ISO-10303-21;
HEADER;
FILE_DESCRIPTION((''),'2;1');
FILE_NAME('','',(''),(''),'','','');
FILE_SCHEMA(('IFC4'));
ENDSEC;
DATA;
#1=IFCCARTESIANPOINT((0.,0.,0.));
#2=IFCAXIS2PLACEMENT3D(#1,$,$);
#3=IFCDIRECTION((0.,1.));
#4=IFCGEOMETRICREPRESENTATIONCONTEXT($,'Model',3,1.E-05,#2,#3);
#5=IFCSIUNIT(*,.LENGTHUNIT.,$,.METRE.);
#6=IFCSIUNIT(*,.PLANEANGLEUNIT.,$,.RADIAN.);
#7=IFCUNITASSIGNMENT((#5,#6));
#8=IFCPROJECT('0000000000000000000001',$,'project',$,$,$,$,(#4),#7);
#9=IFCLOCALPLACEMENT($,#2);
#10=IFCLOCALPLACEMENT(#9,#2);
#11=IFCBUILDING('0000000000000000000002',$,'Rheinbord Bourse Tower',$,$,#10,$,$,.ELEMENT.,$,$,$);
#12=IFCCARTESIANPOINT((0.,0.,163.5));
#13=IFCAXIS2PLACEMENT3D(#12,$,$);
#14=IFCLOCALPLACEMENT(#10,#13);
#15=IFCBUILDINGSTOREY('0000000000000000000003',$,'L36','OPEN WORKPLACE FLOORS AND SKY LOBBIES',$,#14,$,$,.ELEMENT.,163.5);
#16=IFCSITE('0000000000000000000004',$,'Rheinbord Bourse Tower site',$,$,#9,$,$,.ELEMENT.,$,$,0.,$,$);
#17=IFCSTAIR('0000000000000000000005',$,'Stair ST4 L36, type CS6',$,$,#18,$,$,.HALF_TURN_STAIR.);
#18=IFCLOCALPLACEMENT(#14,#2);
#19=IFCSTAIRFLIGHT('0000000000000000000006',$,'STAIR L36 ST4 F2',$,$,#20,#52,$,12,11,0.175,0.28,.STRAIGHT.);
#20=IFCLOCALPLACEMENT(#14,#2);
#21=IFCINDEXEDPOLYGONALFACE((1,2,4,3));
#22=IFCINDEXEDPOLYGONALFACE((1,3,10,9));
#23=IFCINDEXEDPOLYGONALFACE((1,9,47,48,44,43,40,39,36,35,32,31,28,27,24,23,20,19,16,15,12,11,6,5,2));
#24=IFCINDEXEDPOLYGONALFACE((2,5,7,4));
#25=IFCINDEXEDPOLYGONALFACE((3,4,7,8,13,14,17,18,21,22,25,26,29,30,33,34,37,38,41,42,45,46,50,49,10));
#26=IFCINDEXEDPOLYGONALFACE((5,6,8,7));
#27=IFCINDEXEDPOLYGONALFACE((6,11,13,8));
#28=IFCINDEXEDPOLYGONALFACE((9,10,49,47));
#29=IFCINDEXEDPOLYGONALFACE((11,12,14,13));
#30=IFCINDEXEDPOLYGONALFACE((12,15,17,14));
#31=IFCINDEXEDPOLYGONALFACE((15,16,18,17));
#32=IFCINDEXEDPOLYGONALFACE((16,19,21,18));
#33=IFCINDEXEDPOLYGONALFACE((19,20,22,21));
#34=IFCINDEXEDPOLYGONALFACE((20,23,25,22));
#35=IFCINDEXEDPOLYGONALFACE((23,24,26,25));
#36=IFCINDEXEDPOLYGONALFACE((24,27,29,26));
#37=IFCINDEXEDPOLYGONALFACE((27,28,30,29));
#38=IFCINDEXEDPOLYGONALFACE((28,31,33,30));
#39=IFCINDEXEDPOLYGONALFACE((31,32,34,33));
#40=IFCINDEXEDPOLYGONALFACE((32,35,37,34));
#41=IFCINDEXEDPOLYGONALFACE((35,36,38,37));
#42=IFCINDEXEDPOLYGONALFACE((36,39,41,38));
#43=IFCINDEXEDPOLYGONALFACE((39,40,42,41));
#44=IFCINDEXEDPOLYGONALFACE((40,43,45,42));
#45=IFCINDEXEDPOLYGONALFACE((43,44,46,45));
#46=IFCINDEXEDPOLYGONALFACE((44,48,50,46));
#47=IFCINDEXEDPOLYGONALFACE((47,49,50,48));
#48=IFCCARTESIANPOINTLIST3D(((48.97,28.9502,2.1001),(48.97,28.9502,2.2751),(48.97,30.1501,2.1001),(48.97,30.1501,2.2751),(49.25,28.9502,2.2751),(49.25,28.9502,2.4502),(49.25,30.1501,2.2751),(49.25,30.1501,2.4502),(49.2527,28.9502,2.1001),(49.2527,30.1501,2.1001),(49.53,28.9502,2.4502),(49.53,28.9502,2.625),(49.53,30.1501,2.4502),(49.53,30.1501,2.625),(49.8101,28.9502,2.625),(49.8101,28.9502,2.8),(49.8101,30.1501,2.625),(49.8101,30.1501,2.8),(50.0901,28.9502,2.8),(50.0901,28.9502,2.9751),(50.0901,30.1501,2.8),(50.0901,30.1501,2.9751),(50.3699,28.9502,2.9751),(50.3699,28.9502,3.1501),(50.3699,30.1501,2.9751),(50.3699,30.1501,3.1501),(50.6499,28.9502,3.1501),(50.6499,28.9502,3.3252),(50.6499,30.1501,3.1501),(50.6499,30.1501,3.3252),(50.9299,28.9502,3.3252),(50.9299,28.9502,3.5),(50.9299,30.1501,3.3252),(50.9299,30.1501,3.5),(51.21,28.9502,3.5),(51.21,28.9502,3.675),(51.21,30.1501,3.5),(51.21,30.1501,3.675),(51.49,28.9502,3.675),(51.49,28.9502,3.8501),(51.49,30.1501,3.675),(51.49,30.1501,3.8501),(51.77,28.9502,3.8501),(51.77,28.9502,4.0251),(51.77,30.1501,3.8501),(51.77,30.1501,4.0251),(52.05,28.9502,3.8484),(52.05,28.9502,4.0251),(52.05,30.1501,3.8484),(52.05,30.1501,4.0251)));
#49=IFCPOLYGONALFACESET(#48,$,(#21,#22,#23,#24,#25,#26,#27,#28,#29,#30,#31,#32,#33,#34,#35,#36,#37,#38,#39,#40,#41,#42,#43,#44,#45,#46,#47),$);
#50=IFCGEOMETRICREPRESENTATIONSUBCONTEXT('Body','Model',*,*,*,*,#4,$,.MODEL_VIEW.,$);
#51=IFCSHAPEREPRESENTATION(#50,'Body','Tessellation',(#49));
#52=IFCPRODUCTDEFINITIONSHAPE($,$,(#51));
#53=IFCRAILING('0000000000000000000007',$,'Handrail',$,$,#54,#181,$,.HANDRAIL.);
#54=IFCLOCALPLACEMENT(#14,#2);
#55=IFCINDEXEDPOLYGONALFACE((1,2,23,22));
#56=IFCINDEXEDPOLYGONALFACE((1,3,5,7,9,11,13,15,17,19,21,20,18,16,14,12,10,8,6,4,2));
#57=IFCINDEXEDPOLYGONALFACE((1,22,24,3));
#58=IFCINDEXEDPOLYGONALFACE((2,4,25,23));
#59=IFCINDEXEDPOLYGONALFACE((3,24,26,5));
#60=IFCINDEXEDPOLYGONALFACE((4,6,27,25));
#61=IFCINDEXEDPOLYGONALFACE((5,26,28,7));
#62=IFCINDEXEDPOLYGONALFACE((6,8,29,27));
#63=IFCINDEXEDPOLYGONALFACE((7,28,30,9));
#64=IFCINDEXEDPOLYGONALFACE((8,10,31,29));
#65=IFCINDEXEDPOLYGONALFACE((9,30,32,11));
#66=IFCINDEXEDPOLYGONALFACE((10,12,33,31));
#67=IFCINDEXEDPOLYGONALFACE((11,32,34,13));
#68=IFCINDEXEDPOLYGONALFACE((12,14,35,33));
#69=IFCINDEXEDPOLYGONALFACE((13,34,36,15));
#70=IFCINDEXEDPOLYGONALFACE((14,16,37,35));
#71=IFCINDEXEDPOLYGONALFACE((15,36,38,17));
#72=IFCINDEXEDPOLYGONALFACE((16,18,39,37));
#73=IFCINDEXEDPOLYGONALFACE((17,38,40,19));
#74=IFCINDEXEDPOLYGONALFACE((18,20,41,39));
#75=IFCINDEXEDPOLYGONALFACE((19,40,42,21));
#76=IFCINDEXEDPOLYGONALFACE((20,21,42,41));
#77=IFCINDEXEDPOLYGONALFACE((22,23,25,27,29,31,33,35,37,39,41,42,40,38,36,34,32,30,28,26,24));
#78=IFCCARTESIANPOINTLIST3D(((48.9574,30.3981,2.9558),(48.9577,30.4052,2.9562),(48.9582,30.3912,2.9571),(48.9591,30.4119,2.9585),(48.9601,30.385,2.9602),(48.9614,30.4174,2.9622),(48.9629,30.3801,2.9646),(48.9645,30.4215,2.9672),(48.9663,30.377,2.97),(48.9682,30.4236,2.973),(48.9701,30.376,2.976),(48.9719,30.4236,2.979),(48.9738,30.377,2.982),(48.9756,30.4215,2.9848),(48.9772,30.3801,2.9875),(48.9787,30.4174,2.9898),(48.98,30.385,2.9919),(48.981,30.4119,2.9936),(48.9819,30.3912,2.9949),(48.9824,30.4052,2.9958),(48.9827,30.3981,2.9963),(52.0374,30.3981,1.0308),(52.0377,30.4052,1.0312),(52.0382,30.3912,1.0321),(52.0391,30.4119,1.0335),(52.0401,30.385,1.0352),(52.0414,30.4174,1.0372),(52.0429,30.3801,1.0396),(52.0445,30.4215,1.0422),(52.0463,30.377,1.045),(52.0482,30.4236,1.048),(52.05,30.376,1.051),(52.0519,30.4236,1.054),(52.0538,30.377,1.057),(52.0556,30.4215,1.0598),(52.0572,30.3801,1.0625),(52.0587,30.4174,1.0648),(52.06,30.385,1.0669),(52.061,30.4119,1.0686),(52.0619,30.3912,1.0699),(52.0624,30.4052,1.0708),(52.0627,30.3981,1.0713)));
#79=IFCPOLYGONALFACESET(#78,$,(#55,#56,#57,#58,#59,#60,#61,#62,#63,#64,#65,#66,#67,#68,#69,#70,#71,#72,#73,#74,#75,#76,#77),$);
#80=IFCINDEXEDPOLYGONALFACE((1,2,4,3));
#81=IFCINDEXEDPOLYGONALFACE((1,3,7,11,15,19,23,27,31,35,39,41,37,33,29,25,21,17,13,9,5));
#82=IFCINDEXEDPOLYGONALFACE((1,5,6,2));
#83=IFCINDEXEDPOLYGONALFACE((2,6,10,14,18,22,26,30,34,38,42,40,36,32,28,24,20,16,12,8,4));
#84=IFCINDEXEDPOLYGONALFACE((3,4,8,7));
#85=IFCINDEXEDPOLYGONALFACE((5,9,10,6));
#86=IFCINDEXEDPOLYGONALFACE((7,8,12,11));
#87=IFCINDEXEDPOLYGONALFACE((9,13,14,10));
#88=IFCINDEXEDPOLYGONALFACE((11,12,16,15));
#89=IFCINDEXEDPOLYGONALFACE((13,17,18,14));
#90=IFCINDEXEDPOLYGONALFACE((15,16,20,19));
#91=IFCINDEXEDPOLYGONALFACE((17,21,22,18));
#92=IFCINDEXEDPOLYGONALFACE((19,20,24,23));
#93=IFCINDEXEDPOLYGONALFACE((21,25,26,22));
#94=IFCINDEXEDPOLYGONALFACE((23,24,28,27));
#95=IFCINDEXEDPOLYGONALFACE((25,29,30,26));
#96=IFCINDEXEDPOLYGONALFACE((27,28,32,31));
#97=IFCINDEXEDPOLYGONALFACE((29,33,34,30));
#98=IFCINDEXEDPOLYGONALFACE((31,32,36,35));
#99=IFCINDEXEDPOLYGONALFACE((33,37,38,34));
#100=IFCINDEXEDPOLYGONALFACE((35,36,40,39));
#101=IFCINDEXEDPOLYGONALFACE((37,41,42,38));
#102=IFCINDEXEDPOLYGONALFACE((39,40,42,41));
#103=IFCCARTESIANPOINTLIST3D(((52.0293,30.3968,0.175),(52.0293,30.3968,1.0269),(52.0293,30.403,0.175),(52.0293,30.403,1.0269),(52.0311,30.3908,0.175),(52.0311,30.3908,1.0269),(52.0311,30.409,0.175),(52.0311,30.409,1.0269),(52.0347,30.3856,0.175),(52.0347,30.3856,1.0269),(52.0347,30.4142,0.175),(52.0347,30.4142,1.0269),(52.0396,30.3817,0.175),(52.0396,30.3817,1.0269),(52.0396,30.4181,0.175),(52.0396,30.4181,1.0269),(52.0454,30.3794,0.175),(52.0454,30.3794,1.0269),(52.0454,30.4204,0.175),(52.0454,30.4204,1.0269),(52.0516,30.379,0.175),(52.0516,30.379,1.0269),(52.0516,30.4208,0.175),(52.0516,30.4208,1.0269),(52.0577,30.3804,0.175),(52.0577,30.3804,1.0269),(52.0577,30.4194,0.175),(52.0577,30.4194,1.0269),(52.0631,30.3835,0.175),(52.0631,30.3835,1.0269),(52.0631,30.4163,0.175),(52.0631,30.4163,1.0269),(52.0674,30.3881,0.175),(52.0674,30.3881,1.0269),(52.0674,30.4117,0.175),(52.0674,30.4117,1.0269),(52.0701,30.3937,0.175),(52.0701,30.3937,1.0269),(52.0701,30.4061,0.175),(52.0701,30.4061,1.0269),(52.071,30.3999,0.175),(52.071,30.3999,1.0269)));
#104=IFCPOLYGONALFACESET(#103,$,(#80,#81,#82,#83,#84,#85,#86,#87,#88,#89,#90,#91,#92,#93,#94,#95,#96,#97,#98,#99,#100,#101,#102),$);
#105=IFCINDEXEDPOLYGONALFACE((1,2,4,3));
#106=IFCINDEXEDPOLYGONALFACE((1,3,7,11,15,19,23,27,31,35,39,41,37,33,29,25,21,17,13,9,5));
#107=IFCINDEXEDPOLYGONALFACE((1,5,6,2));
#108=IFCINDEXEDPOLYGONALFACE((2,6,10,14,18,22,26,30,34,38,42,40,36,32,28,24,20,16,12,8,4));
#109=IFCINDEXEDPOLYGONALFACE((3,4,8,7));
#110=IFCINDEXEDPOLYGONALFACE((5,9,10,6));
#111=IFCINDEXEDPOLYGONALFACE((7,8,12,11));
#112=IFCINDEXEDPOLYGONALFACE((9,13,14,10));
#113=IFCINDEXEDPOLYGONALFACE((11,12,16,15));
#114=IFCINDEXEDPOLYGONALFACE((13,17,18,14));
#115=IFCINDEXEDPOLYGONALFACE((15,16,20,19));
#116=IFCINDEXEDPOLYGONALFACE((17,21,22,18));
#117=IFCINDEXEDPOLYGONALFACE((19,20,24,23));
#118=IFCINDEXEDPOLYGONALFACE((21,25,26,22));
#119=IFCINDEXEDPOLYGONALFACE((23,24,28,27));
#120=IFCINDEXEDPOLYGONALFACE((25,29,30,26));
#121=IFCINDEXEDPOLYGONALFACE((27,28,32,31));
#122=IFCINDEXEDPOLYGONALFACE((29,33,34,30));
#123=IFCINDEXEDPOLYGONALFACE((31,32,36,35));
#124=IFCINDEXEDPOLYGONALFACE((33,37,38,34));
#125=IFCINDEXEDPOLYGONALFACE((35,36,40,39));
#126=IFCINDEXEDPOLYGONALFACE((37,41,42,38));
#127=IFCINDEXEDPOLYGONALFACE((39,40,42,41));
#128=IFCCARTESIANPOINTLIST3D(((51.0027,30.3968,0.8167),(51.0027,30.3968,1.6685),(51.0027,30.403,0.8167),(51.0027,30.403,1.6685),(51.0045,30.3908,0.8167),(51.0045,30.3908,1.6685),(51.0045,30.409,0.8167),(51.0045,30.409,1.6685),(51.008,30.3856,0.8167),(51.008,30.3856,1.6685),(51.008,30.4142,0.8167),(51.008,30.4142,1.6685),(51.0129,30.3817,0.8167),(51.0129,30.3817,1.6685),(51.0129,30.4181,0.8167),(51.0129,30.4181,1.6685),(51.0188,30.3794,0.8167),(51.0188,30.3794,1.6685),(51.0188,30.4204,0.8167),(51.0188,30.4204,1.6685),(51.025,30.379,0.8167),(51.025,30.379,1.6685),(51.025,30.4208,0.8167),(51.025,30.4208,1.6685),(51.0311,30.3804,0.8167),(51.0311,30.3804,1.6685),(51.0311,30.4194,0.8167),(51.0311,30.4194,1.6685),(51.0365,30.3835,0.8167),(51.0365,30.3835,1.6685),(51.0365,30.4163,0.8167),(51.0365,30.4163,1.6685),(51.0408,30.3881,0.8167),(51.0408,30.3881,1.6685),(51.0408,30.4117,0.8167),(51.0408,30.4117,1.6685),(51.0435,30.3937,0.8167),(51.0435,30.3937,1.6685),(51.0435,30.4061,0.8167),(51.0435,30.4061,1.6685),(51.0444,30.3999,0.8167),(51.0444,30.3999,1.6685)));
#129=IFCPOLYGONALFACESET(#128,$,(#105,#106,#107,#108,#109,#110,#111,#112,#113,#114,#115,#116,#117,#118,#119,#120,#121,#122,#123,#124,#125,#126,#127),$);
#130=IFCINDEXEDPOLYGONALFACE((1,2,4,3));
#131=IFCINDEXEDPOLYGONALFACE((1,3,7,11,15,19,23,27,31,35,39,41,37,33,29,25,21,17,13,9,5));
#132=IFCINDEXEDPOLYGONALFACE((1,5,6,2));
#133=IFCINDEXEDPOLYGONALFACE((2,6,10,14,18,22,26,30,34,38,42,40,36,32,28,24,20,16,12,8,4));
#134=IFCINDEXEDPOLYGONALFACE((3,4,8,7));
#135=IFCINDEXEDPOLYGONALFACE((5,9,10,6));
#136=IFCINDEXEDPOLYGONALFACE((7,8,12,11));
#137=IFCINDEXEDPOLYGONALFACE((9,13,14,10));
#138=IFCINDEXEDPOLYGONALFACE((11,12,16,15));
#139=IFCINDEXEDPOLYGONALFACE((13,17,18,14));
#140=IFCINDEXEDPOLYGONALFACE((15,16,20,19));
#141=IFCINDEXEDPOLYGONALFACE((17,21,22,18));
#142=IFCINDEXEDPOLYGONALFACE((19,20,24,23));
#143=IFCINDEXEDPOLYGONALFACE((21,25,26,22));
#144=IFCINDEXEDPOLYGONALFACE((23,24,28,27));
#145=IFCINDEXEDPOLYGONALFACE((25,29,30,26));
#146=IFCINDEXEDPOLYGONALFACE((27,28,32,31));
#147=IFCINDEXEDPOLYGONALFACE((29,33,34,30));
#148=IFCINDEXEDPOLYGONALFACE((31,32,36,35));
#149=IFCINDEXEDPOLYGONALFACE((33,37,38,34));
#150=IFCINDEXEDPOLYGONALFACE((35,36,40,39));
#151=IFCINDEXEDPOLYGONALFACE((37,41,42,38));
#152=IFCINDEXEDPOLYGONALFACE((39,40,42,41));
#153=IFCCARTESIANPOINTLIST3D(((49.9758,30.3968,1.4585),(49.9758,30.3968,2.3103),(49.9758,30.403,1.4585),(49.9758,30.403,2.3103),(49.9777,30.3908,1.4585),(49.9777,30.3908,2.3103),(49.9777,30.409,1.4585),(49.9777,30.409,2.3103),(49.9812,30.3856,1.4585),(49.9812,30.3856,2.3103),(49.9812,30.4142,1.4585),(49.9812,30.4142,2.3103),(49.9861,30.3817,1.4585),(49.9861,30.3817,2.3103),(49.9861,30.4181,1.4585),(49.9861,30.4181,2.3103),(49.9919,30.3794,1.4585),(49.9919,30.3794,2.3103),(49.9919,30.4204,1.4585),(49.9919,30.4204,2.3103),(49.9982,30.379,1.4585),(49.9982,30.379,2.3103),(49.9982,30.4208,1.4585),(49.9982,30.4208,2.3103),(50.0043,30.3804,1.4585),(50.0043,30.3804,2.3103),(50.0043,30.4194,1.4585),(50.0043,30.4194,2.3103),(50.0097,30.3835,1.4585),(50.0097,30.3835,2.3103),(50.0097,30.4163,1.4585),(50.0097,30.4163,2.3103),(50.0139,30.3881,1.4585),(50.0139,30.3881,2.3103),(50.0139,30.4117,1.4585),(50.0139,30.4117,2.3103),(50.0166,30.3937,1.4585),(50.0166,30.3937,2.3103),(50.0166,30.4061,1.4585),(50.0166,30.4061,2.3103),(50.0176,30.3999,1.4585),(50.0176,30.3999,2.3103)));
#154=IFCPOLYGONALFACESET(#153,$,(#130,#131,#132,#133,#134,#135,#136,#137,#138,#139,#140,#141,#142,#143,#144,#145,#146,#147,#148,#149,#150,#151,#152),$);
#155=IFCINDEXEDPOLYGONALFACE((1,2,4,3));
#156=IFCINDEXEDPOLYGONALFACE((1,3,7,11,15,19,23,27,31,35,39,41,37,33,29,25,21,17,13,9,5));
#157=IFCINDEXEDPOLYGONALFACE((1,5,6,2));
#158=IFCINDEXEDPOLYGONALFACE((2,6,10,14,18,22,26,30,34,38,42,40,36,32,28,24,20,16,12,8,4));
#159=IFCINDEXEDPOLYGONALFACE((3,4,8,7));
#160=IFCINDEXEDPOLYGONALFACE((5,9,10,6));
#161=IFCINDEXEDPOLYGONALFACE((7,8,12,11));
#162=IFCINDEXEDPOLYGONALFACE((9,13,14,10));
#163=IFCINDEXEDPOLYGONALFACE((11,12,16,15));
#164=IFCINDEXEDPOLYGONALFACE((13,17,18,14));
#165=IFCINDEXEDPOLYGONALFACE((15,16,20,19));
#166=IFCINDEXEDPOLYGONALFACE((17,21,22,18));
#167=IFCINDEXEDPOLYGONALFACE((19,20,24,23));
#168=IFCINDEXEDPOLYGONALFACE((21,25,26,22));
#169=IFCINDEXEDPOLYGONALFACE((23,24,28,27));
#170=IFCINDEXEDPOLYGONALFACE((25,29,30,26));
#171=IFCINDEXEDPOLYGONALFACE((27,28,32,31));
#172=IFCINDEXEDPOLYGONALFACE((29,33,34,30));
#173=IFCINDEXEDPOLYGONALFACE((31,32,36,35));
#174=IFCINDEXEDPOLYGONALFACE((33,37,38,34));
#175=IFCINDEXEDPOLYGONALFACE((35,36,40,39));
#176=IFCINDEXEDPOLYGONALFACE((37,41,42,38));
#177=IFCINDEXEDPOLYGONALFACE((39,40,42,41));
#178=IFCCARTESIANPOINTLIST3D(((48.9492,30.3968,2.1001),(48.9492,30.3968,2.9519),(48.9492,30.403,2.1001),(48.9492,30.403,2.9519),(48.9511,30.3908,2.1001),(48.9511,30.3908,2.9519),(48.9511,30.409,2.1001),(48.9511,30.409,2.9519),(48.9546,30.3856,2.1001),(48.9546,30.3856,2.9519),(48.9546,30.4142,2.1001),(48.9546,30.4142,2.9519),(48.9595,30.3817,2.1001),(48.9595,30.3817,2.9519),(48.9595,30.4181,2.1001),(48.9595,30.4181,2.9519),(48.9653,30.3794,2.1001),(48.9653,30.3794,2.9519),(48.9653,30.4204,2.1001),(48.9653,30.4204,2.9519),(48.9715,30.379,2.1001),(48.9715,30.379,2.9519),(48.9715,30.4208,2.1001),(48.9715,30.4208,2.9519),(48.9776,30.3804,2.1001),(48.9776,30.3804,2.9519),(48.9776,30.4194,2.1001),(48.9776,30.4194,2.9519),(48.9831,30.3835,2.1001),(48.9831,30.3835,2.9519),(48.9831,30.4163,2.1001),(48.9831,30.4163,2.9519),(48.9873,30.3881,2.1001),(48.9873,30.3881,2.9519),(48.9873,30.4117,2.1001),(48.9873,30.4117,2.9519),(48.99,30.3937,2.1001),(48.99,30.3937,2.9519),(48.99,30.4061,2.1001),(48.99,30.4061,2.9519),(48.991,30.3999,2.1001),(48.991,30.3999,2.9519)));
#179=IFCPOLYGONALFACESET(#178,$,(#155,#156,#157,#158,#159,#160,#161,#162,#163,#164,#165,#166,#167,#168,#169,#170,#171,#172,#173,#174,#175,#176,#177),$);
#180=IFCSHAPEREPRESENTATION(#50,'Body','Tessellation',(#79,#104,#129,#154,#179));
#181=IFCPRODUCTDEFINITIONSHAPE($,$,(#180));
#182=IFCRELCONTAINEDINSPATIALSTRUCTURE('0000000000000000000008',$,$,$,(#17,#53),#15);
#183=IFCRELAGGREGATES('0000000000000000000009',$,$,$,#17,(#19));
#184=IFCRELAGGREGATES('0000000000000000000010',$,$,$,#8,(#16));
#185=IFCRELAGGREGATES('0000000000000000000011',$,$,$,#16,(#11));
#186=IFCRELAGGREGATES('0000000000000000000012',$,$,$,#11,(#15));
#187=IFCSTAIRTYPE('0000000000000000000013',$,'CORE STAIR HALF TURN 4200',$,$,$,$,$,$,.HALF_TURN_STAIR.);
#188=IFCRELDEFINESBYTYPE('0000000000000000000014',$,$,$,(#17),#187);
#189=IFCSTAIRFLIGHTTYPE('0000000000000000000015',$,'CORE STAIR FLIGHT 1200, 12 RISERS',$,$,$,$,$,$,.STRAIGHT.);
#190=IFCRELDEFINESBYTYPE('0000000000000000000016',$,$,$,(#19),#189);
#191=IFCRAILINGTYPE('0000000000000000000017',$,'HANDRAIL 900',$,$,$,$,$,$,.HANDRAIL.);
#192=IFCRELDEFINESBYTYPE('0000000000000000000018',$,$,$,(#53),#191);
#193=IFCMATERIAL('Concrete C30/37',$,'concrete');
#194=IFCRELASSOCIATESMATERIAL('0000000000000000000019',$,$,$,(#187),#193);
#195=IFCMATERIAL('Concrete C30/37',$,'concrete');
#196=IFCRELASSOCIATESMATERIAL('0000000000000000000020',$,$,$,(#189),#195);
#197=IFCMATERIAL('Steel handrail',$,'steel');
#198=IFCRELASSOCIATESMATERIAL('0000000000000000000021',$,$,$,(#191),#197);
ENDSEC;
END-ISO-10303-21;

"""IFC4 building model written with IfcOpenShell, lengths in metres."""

from ifc_helpers import new_model, si_unit, direction, frame, origin, origin_2d, place, context, subcontext, project, spatial, polyline, circle, outline, extrude, material, type_object, element, aggregate, save


model = new_model("IFC4")

# Units and contexts
model_context = context("Model", 3, precision=1e-05, world=origin(), true_north=direction((0.0, 1.0)))
body_context = subcontext(model_context, "Body", "Model", "MODEL_VIEW")
ifc_project = project(units=[si_unit("LENGTHUNIT", "METRE"), si_unit("PLANEANGLEUNIT", "RADIAN")], contexts=[model_context])

# Site, building, storey
site_placement = place(None, origin())
site = spatial("IfcSite", under=ifc_project, at=site_placement, Name="Rheinbord Bourse Tower site", CompositionType="ELEMENT", RefElevation=0.0)
building_placement = place(site_placement, origin())
building = spatial("IfcBuilding", under=site, at=building_placement, Name="Rheinbord Bourse Tower", CompositionType="ELEMENT")
storey_placement = place(building_placement, frame((0.0, 0.0, 163.5)))
storey = spatial("IfcBuildingStorey", under=building, at=storey_placement, Name="L36", Description="OPEN WORKPLACE FLOORS AND SKY LOBBIES", CompositionType="ELEMENT", Elevation=163.5)

# Stair, stair flight
ifc_material_1 = material(Name="Concrete C30/37", Category="concrete")
stair_type = type_object("IfcStairType", Name="CORE STAIR HALF TURN 4200", PredefinedType="HALF_TURN_STAIR", material=ifc_material_1)
stair_placement = place(storey_placement, origin())
stair = element("IfcStair", 1, at=stair_placement, inside=storey, type_object=stair_type, Name="Stair ST4 L36, type CS6", PredefinedType="HALF_TURN_STAIR")
ifc_material_2 = material(Name="Concrete C30/37", Category="concrete")
stair_flight_type = type_object("IfcStairFlightType", Name="CORE STAIR FLIGHT 1200, 12 RISERS", PredefinedType="STRAIGHT", material=ifc_material_2)
stair_flight_1_placement = place(storey_placement, frame((48.97, 29.55, 2.1001), z_axis=(0.0, 0.0, 1.0), x_axis=(1.0, 0.0, 0.0)))
stair_flight_1 = element("IfcStairFlight", 2, at=stair_flight_1_placement, type_object=stair_flight_type, Name="STAIR L36 ST4 F2", NumberOfRisers=12, NumberOfTreads=11, PredefinedType="STRAIGHT", RiserHeight=0.175, TreadLength=0.28, context=body_context, shape_type="SweptSolid", body=[
    extrude(outline(polyline([(0.0, 0.0), (0.0, 0.175), (0.28, 0.175), (0.28, 0.3501), (0.5601, 0.3501), (0.5601, 0.5249), (0.8401, 0.5249), (0.8401, 0.7), (1.1201, 0.7), (1.1201, 0.875), (1.3999, 0.875), (1.3999, 1.05), (1.6799, 1.05), (1.6799, 1.2251), (1.96, 1.2251), (1.96, 1.3999), (2.24, 1.3999), (2.24, 1.575), (2.52, 1.575), (2.52, 1.75), (2.8, 1.75), (2.8, 1.925), (3.0801, 1.925), (3.0801, 2.1001), (3.0801, 1.7483), (0.2827, 0.0), (0.0, 0.0)])), frame((0.0, 0.6001, 0.0), z_axis=(0.0, -1.0, 0.0), x_axis=(1.0, 0.0, 0.0)), (0.0, 0.0, 1.0), 1.2),
])
aggregate(stair, [stair_flight_1])

# Railing
ifc_material_3 = material(Name="Steel handrail", Category="steel")
railing_type = type_object("IfcRailingType", Name="HANDRAIL 900", PredefinedType="HANDRAIL", material=ifc_material_3)
railing_1_placement = place(storey_placement, frame((52.05, 30.3999, 0.175)))
element("IfcRailing", 3, at=railing_1_placement, inside=storey, type_object=railing_type, Name="Handrail", PredefinedType="HANDRAIL", context=body_context, shape_type="SweptSolid", body=[
    extrude(circle(Radius=0.0239, at=origin_2d()), frame((0.0, 0.0, 0.876), z_axis=(-0.847998, 0.0, 0.529999), x_axis=(0.0, -1.0, 0.0)), (0.0, 0.0, 1.0), 3.6321),
    extrude(circle(Radius=0.021, at=origin_2d()), origin(), (0.0, 0.0, 1.0), 0.8518),
    extrude(circle(Radius=0.021, at=origin_2d()), frame((-1.0266, 0.0, 0.6416)), (0.0, 0.0, 1.0), 0.8518),
    extrude(circle(Radius=0.021, at=origin_2d()), frame((-2.0535, 0.0, 1.2834)), (0.0, 0.0, 1.0), 0.8518),
    extrude(circle(Radius=0.021, at=origin_2d()), frame((-3.0801, 0.0, 1.925)), (0.0, 0.0, 1.0), 0.8518),
])

save(model, "model.ifc")
